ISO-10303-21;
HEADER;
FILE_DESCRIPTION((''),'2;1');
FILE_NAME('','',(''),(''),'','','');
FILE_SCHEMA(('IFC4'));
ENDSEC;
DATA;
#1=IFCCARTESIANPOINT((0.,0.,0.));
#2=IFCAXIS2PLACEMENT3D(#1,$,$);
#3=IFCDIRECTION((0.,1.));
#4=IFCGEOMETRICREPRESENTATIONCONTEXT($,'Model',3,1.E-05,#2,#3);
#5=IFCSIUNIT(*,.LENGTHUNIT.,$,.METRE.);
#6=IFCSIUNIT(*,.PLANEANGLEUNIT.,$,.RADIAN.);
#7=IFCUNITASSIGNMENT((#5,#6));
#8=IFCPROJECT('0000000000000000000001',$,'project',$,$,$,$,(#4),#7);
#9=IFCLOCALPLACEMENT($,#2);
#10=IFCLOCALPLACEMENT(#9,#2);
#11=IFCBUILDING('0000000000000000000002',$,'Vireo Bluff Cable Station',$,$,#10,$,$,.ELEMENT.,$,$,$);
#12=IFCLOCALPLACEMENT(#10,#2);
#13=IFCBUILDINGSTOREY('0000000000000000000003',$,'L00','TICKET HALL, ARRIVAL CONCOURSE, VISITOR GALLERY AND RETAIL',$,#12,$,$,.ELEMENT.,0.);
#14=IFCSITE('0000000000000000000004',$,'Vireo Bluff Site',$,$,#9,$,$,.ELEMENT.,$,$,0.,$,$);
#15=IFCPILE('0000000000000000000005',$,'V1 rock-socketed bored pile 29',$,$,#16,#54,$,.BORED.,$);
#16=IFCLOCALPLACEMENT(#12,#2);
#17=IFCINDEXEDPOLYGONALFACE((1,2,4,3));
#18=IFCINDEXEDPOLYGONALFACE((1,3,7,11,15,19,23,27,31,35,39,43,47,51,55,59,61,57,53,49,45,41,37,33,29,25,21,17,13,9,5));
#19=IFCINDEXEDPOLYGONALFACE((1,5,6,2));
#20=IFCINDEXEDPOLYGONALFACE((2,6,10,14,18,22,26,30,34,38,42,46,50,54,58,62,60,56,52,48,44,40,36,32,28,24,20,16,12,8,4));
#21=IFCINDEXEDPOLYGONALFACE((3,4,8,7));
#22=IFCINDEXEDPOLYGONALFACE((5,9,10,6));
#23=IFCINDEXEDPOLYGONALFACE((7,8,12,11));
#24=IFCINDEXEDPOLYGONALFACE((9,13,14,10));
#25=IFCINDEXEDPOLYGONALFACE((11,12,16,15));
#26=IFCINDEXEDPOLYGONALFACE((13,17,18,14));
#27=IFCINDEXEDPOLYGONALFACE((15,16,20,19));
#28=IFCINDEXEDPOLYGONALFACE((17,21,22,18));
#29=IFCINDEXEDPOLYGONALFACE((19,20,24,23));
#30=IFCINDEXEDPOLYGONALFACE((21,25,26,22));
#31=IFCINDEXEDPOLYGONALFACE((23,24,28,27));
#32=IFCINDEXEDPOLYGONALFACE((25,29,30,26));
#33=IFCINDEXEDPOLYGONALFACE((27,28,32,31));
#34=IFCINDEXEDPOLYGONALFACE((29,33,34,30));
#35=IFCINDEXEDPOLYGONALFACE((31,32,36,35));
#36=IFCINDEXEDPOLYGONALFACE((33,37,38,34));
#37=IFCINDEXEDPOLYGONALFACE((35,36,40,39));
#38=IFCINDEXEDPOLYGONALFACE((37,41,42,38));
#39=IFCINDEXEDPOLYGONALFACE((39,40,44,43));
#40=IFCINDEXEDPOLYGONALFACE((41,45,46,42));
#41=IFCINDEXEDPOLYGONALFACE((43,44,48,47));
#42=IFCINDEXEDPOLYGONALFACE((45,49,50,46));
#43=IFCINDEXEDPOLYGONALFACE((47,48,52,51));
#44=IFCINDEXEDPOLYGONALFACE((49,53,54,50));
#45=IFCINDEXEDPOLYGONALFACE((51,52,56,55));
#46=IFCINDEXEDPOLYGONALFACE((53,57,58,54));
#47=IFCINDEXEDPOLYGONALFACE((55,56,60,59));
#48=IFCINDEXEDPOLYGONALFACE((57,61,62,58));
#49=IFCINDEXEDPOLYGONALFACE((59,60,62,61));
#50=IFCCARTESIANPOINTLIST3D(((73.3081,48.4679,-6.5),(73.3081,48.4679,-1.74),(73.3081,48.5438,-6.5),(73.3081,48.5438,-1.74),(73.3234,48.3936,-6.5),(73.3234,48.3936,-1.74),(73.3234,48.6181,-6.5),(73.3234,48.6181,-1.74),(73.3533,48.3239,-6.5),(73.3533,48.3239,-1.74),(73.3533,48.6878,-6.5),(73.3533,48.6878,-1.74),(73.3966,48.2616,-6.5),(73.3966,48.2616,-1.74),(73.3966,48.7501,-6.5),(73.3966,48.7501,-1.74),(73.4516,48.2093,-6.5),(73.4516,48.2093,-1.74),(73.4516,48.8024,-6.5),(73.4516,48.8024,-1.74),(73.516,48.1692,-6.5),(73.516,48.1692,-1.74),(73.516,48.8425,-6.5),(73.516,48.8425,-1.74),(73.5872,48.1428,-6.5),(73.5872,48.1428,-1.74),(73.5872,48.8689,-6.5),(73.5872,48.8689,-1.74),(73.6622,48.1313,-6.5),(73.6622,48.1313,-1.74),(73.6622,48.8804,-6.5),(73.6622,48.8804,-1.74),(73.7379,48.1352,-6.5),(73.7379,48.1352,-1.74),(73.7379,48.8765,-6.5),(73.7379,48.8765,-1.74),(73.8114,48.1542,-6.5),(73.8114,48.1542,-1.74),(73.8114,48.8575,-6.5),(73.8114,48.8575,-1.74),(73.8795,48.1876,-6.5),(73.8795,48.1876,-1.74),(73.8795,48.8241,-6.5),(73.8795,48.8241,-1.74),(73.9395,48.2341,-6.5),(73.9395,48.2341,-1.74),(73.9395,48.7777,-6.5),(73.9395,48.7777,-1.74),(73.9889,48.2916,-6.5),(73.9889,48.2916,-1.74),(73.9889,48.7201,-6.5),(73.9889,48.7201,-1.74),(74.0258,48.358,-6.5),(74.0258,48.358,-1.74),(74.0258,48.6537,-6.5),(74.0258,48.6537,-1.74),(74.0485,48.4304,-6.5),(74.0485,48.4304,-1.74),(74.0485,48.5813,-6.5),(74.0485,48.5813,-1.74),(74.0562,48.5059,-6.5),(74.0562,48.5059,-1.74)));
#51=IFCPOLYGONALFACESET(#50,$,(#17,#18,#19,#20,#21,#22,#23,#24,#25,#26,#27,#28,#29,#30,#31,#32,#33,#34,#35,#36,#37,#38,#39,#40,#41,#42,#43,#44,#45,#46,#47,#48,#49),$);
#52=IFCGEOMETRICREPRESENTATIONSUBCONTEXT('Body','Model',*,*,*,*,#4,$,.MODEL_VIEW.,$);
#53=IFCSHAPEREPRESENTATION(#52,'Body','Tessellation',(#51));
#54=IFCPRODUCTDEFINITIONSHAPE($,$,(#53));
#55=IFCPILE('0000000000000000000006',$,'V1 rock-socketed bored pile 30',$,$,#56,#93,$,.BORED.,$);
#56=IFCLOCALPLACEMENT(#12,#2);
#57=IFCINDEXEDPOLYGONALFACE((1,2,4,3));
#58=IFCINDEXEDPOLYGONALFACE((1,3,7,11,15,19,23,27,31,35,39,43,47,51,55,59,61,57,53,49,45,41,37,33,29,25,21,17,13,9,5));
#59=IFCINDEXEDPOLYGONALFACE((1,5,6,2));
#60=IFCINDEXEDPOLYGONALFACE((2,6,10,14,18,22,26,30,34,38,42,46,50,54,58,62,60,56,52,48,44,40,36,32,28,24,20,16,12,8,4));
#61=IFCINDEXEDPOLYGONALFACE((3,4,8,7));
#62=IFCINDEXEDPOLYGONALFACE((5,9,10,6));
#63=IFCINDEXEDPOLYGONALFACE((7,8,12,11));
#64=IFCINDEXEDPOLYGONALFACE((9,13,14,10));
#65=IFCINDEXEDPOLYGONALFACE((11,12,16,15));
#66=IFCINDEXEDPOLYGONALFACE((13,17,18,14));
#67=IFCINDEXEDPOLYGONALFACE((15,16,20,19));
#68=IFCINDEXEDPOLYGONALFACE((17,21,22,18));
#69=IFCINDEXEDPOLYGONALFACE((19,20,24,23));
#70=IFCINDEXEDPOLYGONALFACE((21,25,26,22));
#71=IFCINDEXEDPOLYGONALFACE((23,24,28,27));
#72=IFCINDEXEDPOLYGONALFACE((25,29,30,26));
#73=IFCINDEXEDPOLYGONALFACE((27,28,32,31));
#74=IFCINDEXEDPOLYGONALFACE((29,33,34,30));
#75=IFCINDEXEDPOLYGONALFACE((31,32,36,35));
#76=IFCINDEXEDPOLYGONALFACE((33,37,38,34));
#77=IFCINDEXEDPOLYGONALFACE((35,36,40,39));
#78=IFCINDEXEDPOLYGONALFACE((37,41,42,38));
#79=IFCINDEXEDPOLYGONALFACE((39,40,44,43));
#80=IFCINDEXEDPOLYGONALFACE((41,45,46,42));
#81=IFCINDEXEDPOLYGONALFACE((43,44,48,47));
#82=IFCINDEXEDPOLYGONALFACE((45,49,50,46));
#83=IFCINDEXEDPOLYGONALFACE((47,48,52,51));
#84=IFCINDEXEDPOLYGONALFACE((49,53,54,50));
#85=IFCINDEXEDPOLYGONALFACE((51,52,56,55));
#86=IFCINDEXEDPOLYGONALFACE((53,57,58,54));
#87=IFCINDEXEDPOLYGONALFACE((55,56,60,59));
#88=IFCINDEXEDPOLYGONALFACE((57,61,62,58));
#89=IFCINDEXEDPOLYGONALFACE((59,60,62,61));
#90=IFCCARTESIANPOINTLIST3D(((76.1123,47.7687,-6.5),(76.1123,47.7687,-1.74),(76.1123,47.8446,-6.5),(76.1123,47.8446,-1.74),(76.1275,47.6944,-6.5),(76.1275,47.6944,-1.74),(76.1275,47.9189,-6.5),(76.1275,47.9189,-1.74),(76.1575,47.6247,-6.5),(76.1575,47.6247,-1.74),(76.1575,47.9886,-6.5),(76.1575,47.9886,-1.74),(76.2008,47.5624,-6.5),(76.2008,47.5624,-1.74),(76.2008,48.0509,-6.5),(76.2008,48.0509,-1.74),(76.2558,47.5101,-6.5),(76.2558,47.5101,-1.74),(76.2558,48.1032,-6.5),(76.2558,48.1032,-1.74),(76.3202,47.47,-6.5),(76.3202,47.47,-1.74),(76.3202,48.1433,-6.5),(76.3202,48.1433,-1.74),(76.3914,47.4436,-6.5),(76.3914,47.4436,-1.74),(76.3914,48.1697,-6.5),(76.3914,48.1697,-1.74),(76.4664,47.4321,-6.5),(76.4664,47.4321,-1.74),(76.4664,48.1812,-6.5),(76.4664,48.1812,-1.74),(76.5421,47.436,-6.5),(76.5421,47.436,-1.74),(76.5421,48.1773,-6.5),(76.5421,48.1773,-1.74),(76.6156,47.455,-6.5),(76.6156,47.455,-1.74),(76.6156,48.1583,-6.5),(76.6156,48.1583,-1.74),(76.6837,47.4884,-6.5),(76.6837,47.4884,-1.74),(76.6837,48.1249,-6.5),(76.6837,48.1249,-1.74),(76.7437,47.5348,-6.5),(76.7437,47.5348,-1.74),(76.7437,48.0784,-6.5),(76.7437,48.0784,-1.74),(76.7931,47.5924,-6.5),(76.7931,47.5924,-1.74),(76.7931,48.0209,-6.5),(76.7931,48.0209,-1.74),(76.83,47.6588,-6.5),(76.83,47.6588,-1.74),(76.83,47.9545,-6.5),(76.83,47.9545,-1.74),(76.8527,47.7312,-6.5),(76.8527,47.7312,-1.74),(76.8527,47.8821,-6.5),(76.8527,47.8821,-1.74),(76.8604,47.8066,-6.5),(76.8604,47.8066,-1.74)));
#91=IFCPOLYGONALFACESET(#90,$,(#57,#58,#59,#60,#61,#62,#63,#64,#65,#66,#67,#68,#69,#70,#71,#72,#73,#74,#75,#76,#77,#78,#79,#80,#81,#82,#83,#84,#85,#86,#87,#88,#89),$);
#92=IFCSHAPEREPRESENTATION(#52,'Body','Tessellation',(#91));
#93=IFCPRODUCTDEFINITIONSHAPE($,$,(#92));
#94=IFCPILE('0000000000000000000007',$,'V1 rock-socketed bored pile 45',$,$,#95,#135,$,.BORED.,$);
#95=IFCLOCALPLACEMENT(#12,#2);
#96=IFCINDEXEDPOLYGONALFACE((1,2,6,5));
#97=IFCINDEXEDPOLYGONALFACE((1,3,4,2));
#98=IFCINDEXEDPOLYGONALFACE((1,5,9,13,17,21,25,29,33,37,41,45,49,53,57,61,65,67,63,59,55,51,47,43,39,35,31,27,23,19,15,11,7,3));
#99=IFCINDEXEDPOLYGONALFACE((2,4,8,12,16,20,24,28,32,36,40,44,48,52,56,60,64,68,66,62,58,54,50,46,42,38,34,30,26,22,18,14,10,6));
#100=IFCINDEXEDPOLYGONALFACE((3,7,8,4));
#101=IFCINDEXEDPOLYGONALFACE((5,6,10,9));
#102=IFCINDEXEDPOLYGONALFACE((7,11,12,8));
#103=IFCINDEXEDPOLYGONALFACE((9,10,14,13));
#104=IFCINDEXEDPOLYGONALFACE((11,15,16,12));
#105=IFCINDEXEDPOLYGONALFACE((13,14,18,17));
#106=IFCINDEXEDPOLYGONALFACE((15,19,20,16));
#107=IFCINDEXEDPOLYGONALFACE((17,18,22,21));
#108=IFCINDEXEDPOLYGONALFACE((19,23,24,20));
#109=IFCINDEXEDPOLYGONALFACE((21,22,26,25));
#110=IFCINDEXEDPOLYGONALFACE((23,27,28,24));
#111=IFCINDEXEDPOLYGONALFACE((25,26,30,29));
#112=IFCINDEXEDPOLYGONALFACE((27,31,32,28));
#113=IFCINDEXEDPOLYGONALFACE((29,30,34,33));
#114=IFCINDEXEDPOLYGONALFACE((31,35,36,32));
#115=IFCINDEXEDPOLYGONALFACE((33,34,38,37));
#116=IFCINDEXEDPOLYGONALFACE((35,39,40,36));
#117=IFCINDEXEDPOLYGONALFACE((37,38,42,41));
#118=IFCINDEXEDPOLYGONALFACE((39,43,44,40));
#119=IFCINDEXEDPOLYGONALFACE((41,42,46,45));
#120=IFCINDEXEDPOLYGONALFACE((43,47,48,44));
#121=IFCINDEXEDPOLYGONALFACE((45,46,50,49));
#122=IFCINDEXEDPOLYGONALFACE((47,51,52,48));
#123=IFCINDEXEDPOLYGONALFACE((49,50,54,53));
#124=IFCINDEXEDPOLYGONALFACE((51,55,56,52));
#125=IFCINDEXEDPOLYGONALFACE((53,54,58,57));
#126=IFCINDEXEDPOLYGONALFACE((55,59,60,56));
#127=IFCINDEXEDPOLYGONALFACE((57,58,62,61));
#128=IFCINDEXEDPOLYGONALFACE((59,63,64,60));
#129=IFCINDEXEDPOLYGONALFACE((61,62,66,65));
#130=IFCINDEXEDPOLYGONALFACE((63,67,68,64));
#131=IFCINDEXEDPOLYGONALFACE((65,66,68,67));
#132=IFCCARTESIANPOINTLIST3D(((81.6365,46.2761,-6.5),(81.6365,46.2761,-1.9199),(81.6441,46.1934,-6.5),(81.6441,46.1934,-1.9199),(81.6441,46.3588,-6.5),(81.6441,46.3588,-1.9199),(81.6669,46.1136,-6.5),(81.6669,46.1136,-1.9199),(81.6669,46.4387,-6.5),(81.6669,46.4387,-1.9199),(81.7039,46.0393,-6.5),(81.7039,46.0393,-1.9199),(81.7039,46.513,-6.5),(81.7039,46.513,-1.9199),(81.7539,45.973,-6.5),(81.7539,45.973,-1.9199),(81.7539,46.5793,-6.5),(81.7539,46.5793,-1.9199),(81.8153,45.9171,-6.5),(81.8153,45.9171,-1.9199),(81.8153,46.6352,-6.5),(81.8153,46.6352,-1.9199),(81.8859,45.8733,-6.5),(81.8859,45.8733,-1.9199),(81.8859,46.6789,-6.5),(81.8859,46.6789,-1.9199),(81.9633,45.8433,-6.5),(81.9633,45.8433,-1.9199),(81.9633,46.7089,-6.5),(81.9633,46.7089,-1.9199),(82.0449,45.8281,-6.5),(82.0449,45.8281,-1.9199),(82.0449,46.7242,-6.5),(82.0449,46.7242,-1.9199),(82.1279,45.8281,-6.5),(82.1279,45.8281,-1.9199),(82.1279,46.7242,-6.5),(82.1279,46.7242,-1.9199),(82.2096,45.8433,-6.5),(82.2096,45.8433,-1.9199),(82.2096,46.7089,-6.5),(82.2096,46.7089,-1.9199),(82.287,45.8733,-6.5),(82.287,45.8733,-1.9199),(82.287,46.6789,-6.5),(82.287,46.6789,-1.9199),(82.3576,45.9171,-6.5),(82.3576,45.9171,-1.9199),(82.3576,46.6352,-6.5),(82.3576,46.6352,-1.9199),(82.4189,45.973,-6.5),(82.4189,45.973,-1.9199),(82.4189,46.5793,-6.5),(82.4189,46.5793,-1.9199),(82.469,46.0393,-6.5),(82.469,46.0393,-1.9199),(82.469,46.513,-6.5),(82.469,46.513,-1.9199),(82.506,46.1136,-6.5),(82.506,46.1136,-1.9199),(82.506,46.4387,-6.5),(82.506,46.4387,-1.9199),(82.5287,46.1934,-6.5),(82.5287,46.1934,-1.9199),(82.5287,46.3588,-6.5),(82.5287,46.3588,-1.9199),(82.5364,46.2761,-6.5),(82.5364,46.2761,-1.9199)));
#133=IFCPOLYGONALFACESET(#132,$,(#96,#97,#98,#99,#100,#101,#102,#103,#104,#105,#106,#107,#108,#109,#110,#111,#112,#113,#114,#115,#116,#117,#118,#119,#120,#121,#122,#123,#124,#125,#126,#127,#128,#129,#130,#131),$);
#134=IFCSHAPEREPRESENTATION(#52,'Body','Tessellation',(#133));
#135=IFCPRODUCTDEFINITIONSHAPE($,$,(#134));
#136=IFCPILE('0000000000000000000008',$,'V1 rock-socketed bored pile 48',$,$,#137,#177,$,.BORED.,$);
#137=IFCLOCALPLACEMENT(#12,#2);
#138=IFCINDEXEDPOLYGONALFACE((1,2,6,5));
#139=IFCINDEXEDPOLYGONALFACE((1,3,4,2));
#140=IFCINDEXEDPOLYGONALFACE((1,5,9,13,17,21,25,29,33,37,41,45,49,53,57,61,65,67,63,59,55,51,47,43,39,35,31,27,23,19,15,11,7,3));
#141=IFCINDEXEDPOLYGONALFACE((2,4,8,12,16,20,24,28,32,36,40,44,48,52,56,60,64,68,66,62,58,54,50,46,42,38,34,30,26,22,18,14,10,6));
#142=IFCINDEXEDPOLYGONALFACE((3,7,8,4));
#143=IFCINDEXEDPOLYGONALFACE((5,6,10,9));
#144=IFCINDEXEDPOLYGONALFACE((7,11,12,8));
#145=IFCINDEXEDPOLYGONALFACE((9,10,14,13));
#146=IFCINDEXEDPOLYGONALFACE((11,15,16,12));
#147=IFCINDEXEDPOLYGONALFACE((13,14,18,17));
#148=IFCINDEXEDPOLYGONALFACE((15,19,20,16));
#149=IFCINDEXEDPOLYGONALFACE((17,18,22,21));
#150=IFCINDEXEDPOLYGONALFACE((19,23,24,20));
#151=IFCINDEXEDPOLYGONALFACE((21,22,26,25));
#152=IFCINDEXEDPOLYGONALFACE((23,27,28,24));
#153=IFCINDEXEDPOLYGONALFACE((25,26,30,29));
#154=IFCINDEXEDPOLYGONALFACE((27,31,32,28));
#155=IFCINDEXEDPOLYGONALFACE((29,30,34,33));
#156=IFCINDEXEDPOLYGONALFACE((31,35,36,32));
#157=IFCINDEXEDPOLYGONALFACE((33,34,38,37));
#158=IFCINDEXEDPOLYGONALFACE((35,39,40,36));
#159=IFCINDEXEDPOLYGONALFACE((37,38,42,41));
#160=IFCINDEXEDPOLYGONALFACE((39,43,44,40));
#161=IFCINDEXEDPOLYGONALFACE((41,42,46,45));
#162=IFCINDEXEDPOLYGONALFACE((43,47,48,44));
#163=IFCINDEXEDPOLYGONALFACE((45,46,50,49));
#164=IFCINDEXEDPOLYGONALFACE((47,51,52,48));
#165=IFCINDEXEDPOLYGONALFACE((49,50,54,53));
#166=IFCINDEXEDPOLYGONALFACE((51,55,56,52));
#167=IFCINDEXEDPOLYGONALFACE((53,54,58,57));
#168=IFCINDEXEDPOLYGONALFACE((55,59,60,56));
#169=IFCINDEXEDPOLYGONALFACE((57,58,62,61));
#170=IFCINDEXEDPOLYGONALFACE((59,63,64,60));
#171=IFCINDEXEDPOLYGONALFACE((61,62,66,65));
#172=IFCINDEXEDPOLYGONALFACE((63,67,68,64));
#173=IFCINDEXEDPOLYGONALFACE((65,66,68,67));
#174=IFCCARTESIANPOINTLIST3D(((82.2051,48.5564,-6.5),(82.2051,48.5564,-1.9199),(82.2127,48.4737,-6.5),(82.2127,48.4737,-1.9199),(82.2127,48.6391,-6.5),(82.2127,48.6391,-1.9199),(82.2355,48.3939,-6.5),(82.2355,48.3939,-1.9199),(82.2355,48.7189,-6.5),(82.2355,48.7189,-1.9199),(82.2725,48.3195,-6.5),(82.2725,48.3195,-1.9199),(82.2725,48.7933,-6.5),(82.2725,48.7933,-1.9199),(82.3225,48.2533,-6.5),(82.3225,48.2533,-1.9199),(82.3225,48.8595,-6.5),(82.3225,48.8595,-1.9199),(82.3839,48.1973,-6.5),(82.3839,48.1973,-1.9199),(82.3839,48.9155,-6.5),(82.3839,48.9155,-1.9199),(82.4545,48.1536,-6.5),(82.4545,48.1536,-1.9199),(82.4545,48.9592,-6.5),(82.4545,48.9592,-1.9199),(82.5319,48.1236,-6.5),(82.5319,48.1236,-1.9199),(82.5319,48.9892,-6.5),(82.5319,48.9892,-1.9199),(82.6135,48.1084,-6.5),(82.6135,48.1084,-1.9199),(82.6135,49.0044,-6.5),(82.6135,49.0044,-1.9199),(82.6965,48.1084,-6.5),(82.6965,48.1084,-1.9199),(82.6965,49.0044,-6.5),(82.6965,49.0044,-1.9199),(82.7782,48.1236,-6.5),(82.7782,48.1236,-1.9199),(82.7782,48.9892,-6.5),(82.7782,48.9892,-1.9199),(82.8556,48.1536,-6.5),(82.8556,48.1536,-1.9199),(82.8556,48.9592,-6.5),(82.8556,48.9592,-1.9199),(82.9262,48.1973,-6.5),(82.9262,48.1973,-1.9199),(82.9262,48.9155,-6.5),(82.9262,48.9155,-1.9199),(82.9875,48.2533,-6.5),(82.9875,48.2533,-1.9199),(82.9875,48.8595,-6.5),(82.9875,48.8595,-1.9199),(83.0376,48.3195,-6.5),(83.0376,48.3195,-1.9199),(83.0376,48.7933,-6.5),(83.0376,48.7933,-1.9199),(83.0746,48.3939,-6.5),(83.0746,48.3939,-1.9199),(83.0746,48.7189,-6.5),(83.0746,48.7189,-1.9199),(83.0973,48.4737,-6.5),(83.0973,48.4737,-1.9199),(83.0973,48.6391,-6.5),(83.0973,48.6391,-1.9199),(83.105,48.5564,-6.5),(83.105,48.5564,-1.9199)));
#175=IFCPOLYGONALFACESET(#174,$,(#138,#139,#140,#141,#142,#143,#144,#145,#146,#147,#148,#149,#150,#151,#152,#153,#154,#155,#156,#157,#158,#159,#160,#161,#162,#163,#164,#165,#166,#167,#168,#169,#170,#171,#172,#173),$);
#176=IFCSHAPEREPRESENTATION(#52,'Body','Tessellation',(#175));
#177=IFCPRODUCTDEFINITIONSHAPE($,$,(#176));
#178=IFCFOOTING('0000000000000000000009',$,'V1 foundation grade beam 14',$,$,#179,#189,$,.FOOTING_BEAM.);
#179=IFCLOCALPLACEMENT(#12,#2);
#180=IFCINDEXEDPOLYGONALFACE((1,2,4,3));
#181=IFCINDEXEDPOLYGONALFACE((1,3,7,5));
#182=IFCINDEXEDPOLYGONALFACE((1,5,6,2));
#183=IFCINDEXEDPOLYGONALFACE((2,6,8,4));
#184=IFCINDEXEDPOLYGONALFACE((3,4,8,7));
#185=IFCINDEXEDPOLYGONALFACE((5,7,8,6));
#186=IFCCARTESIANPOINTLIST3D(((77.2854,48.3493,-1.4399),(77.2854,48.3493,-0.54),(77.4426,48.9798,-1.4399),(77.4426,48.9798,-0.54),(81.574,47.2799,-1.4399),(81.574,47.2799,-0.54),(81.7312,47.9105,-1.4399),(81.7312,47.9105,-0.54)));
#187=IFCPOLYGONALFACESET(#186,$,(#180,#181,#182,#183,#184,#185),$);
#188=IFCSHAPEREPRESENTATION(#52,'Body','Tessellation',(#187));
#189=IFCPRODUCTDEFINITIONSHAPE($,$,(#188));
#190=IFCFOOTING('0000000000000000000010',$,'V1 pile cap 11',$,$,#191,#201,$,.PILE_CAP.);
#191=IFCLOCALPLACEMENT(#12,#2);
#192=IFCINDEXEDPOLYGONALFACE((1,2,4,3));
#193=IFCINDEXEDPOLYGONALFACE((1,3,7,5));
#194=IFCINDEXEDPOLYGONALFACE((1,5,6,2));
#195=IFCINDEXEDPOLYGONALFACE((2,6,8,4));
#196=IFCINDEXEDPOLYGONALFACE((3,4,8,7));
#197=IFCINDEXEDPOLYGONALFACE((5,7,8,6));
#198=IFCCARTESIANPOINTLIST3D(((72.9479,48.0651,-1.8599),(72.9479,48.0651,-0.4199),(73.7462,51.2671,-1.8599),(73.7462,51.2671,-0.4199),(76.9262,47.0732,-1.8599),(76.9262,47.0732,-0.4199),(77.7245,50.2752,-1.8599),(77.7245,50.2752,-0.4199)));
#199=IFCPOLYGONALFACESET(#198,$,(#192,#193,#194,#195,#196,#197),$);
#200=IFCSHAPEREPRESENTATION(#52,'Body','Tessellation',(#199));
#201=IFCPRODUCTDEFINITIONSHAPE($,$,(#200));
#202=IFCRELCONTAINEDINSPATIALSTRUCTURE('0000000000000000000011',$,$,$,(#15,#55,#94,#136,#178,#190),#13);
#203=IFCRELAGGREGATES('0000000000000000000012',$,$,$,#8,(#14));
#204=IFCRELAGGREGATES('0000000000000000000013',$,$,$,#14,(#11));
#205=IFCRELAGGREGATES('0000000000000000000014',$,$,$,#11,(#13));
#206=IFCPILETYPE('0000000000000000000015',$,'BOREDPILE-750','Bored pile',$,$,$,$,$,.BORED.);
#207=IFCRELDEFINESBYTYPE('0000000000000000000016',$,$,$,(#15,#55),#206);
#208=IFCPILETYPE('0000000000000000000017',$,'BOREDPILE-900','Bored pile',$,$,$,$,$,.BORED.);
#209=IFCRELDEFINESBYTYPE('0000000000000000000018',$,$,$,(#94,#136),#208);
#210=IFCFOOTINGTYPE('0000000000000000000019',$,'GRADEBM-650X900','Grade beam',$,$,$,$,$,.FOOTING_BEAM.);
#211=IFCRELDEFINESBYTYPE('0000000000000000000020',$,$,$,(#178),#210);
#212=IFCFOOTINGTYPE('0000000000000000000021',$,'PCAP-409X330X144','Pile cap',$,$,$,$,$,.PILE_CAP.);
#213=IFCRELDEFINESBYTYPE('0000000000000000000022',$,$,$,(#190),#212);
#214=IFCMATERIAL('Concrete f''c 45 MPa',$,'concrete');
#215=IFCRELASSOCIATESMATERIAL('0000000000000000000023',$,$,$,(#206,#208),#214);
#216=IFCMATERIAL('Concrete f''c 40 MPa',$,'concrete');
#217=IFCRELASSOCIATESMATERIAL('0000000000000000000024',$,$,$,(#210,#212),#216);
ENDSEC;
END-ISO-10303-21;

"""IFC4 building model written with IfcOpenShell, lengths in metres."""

from ifc_helpers import new_model, si_unit, direction, frame, origin, origin_2d, place, context, subcontext, project, spatial, rectangle, circle, extrude, material, material_profile, profile_set, type_object, element, save


model = new_model("IFC4")

# Units and contexts
model_context = context("Model", 3, precision=1e-05, world=origin(), true_north=direction((0.0, 1.0)))
body_context = subcontext(model_context, "Body", "Model", "MODEL_VIEW")
ifc_project = project(units=[si_unit("LENGTHUNIT", "METRE"), si_unit("PLANEANGLEUNIT", "RADIAN")], contexts=[model_context])

# Site, building, storey
site_placement = place(None, origin())
site = spatial("IfcSite", under=ifc_project, at=site_placement, Name="Vireo Bluff Site", CompositionType="ELEMENT", RefElevation=0.0)
building_placement = place(site_placement, origin())
building = spatial("IfcBuilding", under=site, at=building_placement, Name="Vireo Bluff Cable Station", CompositionType="ELEMENT")
storey_placement = place(building_placement, origin())
storey = spatial("IfcBuildingStorey", under=building, at=storey_placement, Name="L00", Description="TICKET HALL, ARRIVAL CONCOURSE, VISITOR GALLERY AND RETAIL", CompositionType="ELEMENT", Elevation=0.0)

# Piles
ifc_material_1 = material(Name="Concrete f'c 45 MPa", Category="concrete")
ifc_material_profile_1 = material_profile(ifc_material_1, circle(Radius=0.375, at=origin_2d()), Name="BOREDPILE-750")
ifc_profile_set_1 = profile_set([ifc_material_profile_1], Name="Concrete f'c 45 MPa")
pile_type_1 = type_object("IfcPileType", Name="BOREDPILE-750", Description="Bored pile", PredefinedType="BORED", material=ifc_profile_set_1)
for number, where, z_axis, x_axis, name in (
    (1, (73.6812, 48.5059, -1.74), (0.0, 0.0, -1.0), (1.0, 0.0, 0.0), "V1 rock-socketed bored pile 29"),
    (2, (76.4854, 47.8066, -1.74), (0.0, 0.0, -1.0), (1.0, 0.0, 0.0), "V1 rock-socketed bored pile 30"),
):
    element("IfcPile", number, at=place(storey_placement, frame(where, z_axis=z_axis, x_axis=x_axis)), inside=storey, type_object=pile_type_1, Name=name, PredefinedType="BORED", context=body_context, shape_type="SweptSolid", body=[
        extrude(circle(Radius=0.375, at=origin_2d()), origin(), (0.0, 0.0, 1.0), 4.76),
    ])
ifc_material_profile_2 = material_profile(ifc_material_1, circle(Radius=0.45, at=origin_2d()), Name="BOREDPILE-900")
ifc_profile_set_2 = profile_set([ifc_material_profile_2], Name="Concrete f'c 45 MPa")
pile_type_2 = type_object("IfcPileType", Name="BOREDPILE-900", Description="Bored pile", PredefinedType="BORED", material=ifc_profile_set_2)
for number, where, z_axis, x_axis, name in (
    (3, (82.0864, 46.2761, -1.9199), (0.0, 0.0, -1.0), (1.0, 0.0, 0.0), "V1 rock-socketed bored pile 45"),
    (4, (82.655, 48.5564, -1.9199), (0.0, 0.0, -1.0), (1.0, 0.0, 0.0), "V1 rock-socketed bored pile 48"),
):
    element("IfcPile", number, at=place(storey_placement, frame(where, z_axis=z_axis, x_axis=x_axis)), inside=storey, type_object=pile_type_2, Name=name, PredefinedType="BORED", context=body_context, shape_type="SweptSolid", body=[
        extrude(circle(Radius=0.45, at=origin_2d()), origin(), (0.0, 0.0, 1.0), 4.5801),
    ])

# Footings
ifc_material_2 = material(Name="Concrete f'c 40 MPa", Category="concrete")
ifc_material_profile_3 = material_profile(ifc_material_2, rectangle(XDim=0.6499, YDim=0.8999, at=origin_2d()), Name="GRADEBM-650X900")
ifc_profile_set_3 = profile_set([ifc_material_profile_3], Name="Concrete f'c 40 MPa")
footing_type_1 = type_object("IfcFootingType", Name="GRADEBM-650X900", Description="Grade beam", PredefinedType="FOOTING_BEAM", material=ifc_profile_set_3)
footing_1_placement = place(storey_placement, frame((77.364, 48.6646, -0.99), z_axis=(0.970292, -0.241938, 0.0), x_axis=(0.241938, 0.970292, 0.0)))
element("IfcFooting", 5, at=footing_1_placement, inside=storey, type_object=footing_type_1, Name="V1 foundation grade beam 14", PredefinedType="FOOTING_BEAM", context=body_context, shape_type="SweptSolid", body=[
    extrude(rectangle(XDim=0.6499, YDim=0.8999, at=origin_2d()), origin(), (0.0, 0.0, 1.0), 4.4199),
])
footing_type_2 = type_object("IfcFootingType", Name="PCAP-409X330X144", Description="Pile cap", PredefinedType="PILE_CAP", material=ifc_material_2)
footing_2_placement = place(storey_placement, frame((75.3362, 49.1702, -1.8599), z_axis=(0.0, 0.0, 1.0), x_axis=(0.970296, -0.241922, 0.0)))
element("IfcFooting", 6, at=footing_2_placement, inside=storey, type_object=footing_type_2, Name="V1 pile cap 11", PredefinedType="PILE_CAP", context=body_context, shape_type="SweptSolid", body=[
    extrude(rectangle(XDim=4.1001, YDim=3.3, at=origin_2d()), origin(), (0.0, 0.0, 1.0), 1.4399),
])

save(model, "model.ifc")
